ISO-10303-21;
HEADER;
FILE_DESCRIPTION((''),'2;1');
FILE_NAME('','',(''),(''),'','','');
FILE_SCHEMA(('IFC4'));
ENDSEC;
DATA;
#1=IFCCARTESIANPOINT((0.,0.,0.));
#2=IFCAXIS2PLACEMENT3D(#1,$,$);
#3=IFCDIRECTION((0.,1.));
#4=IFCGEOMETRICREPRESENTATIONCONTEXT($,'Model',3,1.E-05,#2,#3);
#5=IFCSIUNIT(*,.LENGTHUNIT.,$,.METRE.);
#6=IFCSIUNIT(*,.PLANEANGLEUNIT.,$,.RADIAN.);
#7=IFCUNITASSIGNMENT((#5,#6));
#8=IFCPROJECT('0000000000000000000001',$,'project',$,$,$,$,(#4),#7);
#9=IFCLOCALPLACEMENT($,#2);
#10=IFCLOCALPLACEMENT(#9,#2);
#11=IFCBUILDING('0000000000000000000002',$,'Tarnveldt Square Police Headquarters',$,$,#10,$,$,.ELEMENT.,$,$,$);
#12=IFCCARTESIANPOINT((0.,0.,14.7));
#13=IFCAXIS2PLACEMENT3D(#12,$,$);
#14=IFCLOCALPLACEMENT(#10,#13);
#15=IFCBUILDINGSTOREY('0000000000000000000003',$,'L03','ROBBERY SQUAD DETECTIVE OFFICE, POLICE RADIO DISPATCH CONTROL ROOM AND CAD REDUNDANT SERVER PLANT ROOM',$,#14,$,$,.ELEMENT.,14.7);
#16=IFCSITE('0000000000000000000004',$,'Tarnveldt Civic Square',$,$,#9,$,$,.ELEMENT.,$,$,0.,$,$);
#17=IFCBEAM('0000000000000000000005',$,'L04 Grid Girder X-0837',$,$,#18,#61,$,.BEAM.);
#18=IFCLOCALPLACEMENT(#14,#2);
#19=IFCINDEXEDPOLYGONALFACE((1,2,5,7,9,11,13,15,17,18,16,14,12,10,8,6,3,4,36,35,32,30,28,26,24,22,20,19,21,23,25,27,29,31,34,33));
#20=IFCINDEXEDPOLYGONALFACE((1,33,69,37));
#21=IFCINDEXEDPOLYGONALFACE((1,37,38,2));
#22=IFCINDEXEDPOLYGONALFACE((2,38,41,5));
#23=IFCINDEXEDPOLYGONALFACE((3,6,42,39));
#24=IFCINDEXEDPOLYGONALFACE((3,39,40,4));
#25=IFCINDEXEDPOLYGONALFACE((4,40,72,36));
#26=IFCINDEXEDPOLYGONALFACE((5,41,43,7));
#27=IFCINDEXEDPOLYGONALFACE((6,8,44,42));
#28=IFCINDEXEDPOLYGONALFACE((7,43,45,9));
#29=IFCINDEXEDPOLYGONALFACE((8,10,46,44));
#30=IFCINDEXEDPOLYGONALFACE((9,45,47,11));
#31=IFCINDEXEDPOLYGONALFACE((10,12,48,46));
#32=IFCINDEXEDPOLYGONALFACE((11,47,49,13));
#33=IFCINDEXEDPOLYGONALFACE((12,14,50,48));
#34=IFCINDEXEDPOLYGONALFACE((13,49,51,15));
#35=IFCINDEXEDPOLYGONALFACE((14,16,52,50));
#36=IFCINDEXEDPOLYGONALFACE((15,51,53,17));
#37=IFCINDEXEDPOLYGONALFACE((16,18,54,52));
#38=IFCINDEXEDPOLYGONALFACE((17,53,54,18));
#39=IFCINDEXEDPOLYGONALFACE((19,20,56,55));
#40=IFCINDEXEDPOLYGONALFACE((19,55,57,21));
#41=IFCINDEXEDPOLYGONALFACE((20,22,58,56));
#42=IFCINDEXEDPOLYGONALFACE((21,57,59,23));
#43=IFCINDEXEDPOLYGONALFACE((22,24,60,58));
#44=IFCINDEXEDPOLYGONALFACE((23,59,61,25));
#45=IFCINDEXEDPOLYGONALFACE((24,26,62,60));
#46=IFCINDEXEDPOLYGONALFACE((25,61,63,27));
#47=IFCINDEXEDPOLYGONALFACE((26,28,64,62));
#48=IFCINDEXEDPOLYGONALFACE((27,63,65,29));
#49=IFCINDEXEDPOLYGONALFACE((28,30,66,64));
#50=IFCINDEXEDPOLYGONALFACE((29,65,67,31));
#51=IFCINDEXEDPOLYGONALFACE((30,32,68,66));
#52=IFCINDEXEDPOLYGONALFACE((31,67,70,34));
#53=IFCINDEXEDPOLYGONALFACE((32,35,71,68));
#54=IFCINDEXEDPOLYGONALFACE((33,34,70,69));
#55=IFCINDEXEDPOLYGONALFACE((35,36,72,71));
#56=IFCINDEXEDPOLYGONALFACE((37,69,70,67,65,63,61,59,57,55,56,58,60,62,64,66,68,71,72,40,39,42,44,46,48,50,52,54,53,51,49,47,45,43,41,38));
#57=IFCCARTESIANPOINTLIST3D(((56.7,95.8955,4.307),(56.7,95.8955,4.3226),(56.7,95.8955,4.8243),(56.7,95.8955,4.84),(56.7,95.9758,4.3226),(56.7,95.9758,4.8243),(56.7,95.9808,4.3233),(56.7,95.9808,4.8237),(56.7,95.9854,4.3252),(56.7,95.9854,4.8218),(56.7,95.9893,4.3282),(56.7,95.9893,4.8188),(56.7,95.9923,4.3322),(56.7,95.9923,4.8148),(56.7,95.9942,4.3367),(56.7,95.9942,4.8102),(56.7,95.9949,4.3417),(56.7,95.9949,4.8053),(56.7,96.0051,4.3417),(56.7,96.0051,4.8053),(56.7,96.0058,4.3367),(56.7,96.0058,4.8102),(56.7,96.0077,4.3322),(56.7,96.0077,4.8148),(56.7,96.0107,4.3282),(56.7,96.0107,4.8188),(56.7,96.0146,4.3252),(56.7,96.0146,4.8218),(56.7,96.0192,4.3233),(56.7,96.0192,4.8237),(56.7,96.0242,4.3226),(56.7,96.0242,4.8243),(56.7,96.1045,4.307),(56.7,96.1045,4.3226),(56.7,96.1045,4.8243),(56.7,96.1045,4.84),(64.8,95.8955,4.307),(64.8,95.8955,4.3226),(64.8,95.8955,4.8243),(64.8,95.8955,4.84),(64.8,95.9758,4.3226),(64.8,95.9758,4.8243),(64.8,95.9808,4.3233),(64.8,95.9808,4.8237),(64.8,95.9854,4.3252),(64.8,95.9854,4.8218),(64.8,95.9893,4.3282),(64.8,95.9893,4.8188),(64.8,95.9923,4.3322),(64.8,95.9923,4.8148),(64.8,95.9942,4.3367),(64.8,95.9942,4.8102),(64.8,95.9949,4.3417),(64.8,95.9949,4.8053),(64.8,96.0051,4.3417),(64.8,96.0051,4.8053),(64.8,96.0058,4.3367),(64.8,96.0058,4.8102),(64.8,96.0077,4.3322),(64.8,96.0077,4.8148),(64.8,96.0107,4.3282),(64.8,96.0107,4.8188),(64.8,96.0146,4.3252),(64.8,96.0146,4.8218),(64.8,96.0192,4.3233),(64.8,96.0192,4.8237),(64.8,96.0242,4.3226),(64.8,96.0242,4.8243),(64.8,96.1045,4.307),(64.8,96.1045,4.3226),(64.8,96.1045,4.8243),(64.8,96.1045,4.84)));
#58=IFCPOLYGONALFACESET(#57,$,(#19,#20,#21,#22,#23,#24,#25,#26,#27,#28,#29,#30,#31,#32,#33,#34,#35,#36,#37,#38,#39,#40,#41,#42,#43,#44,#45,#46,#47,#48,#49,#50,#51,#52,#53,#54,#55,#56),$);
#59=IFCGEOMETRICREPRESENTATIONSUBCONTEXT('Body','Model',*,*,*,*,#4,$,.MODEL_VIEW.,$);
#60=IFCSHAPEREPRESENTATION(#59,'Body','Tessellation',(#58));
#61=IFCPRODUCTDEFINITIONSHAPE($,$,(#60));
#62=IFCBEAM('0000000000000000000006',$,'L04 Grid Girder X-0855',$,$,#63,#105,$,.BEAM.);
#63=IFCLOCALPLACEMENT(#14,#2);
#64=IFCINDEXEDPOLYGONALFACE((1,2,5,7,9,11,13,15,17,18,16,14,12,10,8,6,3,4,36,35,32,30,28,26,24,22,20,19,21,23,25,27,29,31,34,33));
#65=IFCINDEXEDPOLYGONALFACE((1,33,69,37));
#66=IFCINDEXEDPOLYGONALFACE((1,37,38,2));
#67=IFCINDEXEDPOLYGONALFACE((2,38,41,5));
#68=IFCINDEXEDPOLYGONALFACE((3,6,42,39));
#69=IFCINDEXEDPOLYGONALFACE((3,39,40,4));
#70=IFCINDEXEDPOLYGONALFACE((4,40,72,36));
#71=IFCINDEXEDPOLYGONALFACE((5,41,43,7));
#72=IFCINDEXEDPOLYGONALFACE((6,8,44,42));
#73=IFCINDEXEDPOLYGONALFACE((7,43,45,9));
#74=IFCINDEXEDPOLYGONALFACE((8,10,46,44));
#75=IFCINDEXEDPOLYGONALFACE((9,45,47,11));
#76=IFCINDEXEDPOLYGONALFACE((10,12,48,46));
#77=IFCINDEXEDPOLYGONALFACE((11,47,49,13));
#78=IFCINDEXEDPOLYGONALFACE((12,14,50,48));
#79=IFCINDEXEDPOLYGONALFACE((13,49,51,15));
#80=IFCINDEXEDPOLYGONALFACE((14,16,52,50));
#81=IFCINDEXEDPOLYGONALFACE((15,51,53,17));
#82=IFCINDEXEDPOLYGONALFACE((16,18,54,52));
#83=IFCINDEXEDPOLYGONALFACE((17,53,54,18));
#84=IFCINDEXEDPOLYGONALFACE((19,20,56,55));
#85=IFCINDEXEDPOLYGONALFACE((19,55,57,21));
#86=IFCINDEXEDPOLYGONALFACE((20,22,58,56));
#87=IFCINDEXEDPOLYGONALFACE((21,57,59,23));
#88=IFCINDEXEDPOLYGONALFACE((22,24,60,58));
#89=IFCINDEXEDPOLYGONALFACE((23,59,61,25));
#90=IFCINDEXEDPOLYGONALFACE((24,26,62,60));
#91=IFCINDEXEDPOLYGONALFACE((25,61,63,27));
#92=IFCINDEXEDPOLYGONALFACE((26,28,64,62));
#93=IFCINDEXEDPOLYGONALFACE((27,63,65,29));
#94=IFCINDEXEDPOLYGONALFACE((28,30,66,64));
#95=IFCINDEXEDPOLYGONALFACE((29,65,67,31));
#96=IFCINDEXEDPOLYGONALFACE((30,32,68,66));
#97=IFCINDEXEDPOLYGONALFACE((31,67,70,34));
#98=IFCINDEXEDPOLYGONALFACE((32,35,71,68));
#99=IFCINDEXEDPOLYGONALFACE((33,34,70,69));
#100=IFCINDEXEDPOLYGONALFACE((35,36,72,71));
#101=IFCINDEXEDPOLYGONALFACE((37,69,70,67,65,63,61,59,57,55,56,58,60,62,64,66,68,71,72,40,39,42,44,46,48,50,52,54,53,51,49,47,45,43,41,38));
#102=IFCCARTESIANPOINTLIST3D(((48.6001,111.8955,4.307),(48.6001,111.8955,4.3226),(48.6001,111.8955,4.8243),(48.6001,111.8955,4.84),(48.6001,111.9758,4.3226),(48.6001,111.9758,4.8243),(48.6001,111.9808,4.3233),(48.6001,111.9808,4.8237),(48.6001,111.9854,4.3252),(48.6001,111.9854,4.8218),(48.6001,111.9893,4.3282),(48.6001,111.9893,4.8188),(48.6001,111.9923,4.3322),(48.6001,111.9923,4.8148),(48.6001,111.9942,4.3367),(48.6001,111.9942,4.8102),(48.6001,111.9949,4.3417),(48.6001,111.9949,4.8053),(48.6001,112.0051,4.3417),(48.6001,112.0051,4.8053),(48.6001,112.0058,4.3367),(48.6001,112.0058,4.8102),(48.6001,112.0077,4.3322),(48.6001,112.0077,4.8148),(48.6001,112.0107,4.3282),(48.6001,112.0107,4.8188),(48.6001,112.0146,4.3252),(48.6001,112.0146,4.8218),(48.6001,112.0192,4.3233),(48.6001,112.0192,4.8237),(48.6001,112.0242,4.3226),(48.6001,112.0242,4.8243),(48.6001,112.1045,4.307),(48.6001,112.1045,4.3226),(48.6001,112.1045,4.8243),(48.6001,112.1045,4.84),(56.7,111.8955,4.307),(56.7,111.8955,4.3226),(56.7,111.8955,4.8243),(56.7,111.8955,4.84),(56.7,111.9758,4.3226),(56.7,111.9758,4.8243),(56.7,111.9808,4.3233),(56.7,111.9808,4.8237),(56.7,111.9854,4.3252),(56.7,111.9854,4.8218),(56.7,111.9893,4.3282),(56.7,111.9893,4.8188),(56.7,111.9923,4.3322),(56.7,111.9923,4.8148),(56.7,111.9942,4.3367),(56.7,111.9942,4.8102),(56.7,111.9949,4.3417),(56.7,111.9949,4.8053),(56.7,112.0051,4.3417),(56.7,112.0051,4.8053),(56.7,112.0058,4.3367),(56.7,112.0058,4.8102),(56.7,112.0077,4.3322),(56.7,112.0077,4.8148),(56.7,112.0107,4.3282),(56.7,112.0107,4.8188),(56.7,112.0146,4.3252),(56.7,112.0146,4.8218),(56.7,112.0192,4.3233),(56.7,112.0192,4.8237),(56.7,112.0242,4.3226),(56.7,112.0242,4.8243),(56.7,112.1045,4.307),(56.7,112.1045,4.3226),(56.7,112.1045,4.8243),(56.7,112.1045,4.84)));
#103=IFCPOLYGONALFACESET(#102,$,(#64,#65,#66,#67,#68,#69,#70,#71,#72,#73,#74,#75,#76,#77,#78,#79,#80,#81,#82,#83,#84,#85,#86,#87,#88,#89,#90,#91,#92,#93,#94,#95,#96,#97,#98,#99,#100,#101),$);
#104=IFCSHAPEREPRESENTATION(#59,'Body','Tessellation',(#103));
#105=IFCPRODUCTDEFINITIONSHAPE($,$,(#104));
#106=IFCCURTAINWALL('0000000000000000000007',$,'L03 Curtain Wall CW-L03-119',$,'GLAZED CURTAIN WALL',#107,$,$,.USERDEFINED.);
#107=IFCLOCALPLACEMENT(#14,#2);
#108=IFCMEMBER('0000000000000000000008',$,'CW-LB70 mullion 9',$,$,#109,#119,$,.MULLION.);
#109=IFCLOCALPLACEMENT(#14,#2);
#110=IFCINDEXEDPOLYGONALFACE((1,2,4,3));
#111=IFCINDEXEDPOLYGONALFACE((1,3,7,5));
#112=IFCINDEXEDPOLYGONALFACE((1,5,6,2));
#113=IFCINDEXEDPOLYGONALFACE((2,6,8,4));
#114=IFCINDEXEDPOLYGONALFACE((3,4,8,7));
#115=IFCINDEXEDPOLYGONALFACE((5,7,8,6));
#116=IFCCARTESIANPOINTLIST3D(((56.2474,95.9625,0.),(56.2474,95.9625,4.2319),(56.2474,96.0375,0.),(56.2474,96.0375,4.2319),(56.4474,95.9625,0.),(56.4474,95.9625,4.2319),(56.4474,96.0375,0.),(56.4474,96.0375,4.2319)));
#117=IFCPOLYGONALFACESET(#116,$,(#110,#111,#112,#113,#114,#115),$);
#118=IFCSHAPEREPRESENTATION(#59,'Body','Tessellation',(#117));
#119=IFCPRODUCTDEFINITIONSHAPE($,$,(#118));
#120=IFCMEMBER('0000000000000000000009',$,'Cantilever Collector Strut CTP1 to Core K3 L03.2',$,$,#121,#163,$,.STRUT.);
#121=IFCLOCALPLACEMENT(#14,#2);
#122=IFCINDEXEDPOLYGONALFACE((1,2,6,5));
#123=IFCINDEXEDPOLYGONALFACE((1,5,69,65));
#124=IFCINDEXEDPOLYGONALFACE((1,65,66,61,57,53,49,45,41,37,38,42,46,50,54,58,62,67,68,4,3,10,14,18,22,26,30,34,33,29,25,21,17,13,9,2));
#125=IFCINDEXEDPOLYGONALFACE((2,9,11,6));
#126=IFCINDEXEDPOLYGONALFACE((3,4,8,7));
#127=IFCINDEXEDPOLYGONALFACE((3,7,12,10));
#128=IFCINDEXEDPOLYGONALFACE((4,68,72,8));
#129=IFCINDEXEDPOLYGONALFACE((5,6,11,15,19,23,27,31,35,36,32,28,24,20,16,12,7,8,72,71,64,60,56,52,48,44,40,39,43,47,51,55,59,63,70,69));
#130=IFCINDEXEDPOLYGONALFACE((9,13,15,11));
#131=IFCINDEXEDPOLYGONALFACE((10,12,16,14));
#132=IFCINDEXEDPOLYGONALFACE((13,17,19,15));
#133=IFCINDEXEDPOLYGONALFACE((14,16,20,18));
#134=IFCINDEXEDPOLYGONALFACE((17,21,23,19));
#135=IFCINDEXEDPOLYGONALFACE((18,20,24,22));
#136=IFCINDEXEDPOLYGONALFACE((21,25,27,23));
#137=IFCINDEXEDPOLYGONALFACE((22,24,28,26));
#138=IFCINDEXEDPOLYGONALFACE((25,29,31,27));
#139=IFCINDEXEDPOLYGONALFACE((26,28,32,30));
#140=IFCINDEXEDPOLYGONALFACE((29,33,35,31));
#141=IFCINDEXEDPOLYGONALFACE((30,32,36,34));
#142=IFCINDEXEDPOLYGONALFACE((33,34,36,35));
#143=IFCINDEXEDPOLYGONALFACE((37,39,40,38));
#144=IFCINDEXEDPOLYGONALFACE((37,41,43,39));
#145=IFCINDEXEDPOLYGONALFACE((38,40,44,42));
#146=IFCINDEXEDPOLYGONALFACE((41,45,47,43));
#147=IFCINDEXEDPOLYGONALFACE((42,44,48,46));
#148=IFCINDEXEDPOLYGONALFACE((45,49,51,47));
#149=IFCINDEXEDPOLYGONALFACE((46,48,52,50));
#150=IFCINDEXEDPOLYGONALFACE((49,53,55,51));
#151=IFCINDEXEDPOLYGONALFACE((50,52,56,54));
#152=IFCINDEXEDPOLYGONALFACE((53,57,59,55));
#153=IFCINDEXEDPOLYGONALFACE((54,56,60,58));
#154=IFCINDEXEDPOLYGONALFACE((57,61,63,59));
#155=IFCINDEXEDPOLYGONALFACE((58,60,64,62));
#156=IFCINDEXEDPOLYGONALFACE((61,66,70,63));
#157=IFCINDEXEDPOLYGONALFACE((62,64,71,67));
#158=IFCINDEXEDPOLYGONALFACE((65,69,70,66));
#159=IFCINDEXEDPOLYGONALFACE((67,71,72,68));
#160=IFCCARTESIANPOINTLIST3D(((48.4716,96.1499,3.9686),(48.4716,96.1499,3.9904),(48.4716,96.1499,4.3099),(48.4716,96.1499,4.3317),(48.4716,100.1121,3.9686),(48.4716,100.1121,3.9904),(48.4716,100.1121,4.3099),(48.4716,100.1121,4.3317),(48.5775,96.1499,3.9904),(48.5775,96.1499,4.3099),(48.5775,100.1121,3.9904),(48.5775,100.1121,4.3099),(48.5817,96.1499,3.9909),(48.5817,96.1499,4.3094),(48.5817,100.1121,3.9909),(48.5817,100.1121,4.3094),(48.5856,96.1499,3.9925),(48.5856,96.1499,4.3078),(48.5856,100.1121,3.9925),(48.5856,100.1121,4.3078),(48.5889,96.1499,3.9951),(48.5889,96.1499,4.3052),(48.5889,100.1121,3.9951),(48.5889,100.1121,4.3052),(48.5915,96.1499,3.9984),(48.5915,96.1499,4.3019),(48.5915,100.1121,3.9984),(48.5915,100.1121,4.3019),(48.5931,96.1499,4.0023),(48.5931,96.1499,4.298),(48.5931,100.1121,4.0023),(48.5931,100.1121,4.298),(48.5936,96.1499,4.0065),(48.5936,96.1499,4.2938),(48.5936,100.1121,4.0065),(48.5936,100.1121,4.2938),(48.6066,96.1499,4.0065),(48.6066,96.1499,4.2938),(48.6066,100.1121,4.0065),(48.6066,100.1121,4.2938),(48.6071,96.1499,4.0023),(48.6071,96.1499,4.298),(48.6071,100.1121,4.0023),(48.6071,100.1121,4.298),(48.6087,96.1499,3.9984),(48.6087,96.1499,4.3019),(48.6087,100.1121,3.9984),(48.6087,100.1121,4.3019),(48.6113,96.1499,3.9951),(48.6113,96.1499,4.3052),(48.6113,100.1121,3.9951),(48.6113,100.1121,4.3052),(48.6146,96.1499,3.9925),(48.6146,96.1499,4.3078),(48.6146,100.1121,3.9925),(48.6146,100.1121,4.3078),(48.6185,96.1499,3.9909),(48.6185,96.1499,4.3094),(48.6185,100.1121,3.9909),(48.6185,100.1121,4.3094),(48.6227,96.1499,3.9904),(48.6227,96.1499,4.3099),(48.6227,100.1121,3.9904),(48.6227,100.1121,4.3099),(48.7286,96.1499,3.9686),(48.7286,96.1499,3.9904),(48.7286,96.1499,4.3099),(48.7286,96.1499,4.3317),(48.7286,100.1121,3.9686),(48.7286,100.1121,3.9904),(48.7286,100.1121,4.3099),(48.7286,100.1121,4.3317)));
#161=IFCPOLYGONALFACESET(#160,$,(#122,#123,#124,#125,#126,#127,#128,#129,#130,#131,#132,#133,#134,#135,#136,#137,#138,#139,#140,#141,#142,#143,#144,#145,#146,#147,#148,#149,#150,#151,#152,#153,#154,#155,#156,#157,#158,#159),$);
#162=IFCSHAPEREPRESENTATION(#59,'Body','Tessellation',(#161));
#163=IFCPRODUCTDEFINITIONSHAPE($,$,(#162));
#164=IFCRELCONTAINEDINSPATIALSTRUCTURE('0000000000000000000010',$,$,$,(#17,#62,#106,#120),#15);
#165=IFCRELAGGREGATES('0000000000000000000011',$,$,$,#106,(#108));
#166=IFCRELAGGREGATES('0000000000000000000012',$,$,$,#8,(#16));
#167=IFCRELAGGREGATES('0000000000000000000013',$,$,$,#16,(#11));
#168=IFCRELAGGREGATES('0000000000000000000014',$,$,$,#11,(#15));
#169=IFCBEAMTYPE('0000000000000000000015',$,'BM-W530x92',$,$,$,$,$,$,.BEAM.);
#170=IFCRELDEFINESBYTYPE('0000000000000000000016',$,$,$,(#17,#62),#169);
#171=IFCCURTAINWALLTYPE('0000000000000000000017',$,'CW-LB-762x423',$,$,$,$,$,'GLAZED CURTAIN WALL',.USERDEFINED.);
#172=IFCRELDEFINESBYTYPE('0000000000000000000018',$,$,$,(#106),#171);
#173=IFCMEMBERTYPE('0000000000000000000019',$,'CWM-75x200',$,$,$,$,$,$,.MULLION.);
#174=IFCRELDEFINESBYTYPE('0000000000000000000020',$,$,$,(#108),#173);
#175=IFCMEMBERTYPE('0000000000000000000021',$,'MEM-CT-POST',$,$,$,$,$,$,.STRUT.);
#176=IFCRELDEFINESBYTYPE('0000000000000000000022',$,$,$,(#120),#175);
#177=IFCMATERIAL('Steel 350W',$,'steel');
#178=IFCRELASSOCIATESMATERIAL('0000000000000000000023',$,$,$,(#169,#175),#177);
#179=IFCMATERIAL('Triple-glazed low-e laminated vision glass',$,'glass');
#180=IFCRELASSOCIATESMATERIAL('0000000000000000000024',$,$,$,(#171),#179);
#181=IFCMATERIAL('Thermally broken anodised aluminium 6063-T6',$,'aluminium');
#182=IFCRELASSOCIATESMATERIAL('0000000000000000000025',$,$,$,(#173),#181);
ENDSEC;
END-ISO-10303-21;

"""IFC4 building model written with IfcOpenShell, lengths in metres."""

from ifc_helpers import new_model, si_unit, direction, frame, origin, origin_2d, place, context, subcontext, project, spatial, rectangle, i_section, extrude, material, material_profile, profile_set, type_object, element, aggregate, save


model = new_model("IFC4")

# Units and contexts
model_context = context("Model", 3, precision=1e-05, world=origin(), true_north=direction((0.0, 1.0)))
body_context = subcontext(model_context, "Body", "Model", "MODEL_VIEW")
ifc_project = project(units=[si_unit("LENGTHUNIT", "METRE"), si_unit("PLANEANGLEUNIT", "RADIAN")], contexts=[model_context])

# Site, building, storey
site_placement = place(None, origin())
site = spatial("IfcSite", under=ifc_project, at=site_placement, Name="Tarnveldt Civic Square", CompositionType="ELEMENT", RefElevation=0.0)
building_placement = place(site_placement, origin())
building = spatial("IfcBuilding", under=site, at=building_placement, Name="Tarnveldt Square Police Headquarters", CompositionType="ELEMENT")
storey_placement = place(building_placement, frame((0.0, 0.0, 14.7)))
storey = spatial("IfcBuildingStorey", under=building, at=storey_placement, Name="L03", Description="ROBBERY SQUAD DETECTIVE OFFICE, POLICE RADIO DISPATCH CONTROL ROOM AND CAD REDUNDANT SERVER PLANT ROOM", CompositionType="ELEMENT", Elevation=14.7)

# Shared definitions
ifc_material_1 = material(Name="Steel 350W", Category="steel")

# Beams
ifc_material_profile_1 = material_profile(ifc_material_1, i_section(OverallWidth=0.209, OverallDepth=0.533, WebThickness=0.0103, FlangeThickness=0.0156, FilletRadius=0.019, at=origin_2d()), Name="W530x92")
ifc_profile_set_1 = profile_set([ifc_material_profile_1], Name="Steel 350W")
beam_type_1 = type_object("IfcBeamType", Name="BM-W530x92", PredefinedType="BEAM", material=ifc_profile_set_1)
beam_1_placement = place(storey_placement, frame((56.7, 96.0, 4.5735), z_axis=(1.0, 0.0, 0.0), x_axis=(0.0, 1.0, 0.0)))
element("IfcBeam", 1, at=beam_1_placement, inside=storey, type_object=beam_type_1, Name="L04 Grid Girder X-0837", PredefinedType="BEAM", context=body_context, shape_type="SweptSolid", body=[
    extrude(i_section(OverallWidth=0.209, OverallDepth=0.533, WebThickness=0.0103, FlangeThickness=0.0156, FilletRadius=0.019, at=origin_2d()), origin(), (0.0, 0.0, 1.0), 8.1001),
])
beam_2_placement = place(storey_placement, frame((48.6001, 112.0, 4.5735), z_axis=(1.0, 0.0, 0.0), x_axis=(0.0, 1.0, 0.0)))
element("IfcBeam", 2, at=beam_2_placement, inside=storey, type_object=beam_type_1, Name="L04 Grid Girder X-0855", PredefinedType="BEAM", context=body_context, shape_type="SweptSolid", body=[
    extrude(i_section(OverallWidth=0.209, OverallDepth=0.533, WebThickness=0.0103, FlangeThickness=0.0156, FilletRadius=0.019, at=origin_2d()), origin(), (0.0, 0.0, 1.0), 8.0999),
])

# Curtain wall, member
ifc_material_2 = material(Name="Triple-glazed low-e laminated vision glass", Category="glass")
curtain_wall_type = type_object("IfcCurtainWallType", Name="CW-LB-762x423", ElementType="GLAZED CURTAIN WALL", PredefinedType="USERDEFINED", material=ifc_material_2)
curtain_wall_placement = place(storey_placement, origin())
curtain_wall = element("IfcCurtainWall", 3, at=curtain_wall_placement, inside=storey, type_object=curtain_wall_type, Name="L03 Curtain Wall CW-L03-119", ObjectType="GLAZED CURTAIN WALL", PredefinedType="USERDEFINED")
ifc_material_3 = material(Name="Thermally broken anodised aluminium 6063-T6", Category="aluminium")
ifc_material_profile_2 = material_profile(ifc_material_3, rectangle(XDim=0.075, YDim=0.2, at=origin_2d()), Name="CW-M75x200")
ifc_profile_set_2 = profile_set([ifc_material_profile_2], Name="Thermally broken anodised aluminium 6063-T6")
member_type_1 = type_object("IfcMemberType", Name="CWM-75x200", PredefinedType="MULLION", material=ifc_profile_set_2)
member_1_placement = place(storey_placement, frame((56.3474, 96.0, 0.0), z_axis=(0.0, 0.0, 1.0), x_axis=(0.0, 1.0, 0.0)))
member_1 = element("IfcMember", 4, at=member_1_placement, type_object=member_type_1, Name="CW-LB70 mullion 9", PredefinedType="MULLION", context=body_context, shape_type="SweptSolid", body=[
    extrude(rectangle(XDim=0.075, YDim=0.2, at=origin_2d()), origin(), (0.0, 0.0, 1.0), 4.2319),
])

# Member
ifc_material_profile_3 = material_profile(ifc_material_1, i_section(OverallWidth=0.2571, OverallDepth=0.363, WebThickness=0.0129, FlangeThickness=0.0217, FilletRadius=0.0161, at=origin_2d()), Name="W360x122")
ifc_profile_set_3 = profile_set([ifc_material_profile_3], Name="Steel 350W")
member_type_2 = type_object("IfcMemberType", Name="MEM-CT-POST", PredefinedType="STRUT", material=ifc_profile_set_3)
member_2_placement = place(storey_placement, frame((48.6001, 96.1499, 4.1501), z_axis=(0.0, 1.0, 0.0), x_axis=(-1.0, 0.0, 0.0)))
element("IfcMember", 5, at=member_2_placement, inside=storey, type_object=member_type_2, Name="Cantilever Collector Strut CTP1 to Core K3 L03.2", PredefinedType="STRUT", context=body_context, shape_type="SweptSolid", body=[
    extrude(i_section(OverallWidth=0.2571, OverallDepth=0.363, WebThickness=0.0129, FlangeThickness=0.0217, FilletRadius=0.0161, at=origin_2d()), origin(), (0.0, 0.0, 1.0), 3.9622),
])

aggregate(curtain_wall, [member_1])

save(model, "model.ifc")
